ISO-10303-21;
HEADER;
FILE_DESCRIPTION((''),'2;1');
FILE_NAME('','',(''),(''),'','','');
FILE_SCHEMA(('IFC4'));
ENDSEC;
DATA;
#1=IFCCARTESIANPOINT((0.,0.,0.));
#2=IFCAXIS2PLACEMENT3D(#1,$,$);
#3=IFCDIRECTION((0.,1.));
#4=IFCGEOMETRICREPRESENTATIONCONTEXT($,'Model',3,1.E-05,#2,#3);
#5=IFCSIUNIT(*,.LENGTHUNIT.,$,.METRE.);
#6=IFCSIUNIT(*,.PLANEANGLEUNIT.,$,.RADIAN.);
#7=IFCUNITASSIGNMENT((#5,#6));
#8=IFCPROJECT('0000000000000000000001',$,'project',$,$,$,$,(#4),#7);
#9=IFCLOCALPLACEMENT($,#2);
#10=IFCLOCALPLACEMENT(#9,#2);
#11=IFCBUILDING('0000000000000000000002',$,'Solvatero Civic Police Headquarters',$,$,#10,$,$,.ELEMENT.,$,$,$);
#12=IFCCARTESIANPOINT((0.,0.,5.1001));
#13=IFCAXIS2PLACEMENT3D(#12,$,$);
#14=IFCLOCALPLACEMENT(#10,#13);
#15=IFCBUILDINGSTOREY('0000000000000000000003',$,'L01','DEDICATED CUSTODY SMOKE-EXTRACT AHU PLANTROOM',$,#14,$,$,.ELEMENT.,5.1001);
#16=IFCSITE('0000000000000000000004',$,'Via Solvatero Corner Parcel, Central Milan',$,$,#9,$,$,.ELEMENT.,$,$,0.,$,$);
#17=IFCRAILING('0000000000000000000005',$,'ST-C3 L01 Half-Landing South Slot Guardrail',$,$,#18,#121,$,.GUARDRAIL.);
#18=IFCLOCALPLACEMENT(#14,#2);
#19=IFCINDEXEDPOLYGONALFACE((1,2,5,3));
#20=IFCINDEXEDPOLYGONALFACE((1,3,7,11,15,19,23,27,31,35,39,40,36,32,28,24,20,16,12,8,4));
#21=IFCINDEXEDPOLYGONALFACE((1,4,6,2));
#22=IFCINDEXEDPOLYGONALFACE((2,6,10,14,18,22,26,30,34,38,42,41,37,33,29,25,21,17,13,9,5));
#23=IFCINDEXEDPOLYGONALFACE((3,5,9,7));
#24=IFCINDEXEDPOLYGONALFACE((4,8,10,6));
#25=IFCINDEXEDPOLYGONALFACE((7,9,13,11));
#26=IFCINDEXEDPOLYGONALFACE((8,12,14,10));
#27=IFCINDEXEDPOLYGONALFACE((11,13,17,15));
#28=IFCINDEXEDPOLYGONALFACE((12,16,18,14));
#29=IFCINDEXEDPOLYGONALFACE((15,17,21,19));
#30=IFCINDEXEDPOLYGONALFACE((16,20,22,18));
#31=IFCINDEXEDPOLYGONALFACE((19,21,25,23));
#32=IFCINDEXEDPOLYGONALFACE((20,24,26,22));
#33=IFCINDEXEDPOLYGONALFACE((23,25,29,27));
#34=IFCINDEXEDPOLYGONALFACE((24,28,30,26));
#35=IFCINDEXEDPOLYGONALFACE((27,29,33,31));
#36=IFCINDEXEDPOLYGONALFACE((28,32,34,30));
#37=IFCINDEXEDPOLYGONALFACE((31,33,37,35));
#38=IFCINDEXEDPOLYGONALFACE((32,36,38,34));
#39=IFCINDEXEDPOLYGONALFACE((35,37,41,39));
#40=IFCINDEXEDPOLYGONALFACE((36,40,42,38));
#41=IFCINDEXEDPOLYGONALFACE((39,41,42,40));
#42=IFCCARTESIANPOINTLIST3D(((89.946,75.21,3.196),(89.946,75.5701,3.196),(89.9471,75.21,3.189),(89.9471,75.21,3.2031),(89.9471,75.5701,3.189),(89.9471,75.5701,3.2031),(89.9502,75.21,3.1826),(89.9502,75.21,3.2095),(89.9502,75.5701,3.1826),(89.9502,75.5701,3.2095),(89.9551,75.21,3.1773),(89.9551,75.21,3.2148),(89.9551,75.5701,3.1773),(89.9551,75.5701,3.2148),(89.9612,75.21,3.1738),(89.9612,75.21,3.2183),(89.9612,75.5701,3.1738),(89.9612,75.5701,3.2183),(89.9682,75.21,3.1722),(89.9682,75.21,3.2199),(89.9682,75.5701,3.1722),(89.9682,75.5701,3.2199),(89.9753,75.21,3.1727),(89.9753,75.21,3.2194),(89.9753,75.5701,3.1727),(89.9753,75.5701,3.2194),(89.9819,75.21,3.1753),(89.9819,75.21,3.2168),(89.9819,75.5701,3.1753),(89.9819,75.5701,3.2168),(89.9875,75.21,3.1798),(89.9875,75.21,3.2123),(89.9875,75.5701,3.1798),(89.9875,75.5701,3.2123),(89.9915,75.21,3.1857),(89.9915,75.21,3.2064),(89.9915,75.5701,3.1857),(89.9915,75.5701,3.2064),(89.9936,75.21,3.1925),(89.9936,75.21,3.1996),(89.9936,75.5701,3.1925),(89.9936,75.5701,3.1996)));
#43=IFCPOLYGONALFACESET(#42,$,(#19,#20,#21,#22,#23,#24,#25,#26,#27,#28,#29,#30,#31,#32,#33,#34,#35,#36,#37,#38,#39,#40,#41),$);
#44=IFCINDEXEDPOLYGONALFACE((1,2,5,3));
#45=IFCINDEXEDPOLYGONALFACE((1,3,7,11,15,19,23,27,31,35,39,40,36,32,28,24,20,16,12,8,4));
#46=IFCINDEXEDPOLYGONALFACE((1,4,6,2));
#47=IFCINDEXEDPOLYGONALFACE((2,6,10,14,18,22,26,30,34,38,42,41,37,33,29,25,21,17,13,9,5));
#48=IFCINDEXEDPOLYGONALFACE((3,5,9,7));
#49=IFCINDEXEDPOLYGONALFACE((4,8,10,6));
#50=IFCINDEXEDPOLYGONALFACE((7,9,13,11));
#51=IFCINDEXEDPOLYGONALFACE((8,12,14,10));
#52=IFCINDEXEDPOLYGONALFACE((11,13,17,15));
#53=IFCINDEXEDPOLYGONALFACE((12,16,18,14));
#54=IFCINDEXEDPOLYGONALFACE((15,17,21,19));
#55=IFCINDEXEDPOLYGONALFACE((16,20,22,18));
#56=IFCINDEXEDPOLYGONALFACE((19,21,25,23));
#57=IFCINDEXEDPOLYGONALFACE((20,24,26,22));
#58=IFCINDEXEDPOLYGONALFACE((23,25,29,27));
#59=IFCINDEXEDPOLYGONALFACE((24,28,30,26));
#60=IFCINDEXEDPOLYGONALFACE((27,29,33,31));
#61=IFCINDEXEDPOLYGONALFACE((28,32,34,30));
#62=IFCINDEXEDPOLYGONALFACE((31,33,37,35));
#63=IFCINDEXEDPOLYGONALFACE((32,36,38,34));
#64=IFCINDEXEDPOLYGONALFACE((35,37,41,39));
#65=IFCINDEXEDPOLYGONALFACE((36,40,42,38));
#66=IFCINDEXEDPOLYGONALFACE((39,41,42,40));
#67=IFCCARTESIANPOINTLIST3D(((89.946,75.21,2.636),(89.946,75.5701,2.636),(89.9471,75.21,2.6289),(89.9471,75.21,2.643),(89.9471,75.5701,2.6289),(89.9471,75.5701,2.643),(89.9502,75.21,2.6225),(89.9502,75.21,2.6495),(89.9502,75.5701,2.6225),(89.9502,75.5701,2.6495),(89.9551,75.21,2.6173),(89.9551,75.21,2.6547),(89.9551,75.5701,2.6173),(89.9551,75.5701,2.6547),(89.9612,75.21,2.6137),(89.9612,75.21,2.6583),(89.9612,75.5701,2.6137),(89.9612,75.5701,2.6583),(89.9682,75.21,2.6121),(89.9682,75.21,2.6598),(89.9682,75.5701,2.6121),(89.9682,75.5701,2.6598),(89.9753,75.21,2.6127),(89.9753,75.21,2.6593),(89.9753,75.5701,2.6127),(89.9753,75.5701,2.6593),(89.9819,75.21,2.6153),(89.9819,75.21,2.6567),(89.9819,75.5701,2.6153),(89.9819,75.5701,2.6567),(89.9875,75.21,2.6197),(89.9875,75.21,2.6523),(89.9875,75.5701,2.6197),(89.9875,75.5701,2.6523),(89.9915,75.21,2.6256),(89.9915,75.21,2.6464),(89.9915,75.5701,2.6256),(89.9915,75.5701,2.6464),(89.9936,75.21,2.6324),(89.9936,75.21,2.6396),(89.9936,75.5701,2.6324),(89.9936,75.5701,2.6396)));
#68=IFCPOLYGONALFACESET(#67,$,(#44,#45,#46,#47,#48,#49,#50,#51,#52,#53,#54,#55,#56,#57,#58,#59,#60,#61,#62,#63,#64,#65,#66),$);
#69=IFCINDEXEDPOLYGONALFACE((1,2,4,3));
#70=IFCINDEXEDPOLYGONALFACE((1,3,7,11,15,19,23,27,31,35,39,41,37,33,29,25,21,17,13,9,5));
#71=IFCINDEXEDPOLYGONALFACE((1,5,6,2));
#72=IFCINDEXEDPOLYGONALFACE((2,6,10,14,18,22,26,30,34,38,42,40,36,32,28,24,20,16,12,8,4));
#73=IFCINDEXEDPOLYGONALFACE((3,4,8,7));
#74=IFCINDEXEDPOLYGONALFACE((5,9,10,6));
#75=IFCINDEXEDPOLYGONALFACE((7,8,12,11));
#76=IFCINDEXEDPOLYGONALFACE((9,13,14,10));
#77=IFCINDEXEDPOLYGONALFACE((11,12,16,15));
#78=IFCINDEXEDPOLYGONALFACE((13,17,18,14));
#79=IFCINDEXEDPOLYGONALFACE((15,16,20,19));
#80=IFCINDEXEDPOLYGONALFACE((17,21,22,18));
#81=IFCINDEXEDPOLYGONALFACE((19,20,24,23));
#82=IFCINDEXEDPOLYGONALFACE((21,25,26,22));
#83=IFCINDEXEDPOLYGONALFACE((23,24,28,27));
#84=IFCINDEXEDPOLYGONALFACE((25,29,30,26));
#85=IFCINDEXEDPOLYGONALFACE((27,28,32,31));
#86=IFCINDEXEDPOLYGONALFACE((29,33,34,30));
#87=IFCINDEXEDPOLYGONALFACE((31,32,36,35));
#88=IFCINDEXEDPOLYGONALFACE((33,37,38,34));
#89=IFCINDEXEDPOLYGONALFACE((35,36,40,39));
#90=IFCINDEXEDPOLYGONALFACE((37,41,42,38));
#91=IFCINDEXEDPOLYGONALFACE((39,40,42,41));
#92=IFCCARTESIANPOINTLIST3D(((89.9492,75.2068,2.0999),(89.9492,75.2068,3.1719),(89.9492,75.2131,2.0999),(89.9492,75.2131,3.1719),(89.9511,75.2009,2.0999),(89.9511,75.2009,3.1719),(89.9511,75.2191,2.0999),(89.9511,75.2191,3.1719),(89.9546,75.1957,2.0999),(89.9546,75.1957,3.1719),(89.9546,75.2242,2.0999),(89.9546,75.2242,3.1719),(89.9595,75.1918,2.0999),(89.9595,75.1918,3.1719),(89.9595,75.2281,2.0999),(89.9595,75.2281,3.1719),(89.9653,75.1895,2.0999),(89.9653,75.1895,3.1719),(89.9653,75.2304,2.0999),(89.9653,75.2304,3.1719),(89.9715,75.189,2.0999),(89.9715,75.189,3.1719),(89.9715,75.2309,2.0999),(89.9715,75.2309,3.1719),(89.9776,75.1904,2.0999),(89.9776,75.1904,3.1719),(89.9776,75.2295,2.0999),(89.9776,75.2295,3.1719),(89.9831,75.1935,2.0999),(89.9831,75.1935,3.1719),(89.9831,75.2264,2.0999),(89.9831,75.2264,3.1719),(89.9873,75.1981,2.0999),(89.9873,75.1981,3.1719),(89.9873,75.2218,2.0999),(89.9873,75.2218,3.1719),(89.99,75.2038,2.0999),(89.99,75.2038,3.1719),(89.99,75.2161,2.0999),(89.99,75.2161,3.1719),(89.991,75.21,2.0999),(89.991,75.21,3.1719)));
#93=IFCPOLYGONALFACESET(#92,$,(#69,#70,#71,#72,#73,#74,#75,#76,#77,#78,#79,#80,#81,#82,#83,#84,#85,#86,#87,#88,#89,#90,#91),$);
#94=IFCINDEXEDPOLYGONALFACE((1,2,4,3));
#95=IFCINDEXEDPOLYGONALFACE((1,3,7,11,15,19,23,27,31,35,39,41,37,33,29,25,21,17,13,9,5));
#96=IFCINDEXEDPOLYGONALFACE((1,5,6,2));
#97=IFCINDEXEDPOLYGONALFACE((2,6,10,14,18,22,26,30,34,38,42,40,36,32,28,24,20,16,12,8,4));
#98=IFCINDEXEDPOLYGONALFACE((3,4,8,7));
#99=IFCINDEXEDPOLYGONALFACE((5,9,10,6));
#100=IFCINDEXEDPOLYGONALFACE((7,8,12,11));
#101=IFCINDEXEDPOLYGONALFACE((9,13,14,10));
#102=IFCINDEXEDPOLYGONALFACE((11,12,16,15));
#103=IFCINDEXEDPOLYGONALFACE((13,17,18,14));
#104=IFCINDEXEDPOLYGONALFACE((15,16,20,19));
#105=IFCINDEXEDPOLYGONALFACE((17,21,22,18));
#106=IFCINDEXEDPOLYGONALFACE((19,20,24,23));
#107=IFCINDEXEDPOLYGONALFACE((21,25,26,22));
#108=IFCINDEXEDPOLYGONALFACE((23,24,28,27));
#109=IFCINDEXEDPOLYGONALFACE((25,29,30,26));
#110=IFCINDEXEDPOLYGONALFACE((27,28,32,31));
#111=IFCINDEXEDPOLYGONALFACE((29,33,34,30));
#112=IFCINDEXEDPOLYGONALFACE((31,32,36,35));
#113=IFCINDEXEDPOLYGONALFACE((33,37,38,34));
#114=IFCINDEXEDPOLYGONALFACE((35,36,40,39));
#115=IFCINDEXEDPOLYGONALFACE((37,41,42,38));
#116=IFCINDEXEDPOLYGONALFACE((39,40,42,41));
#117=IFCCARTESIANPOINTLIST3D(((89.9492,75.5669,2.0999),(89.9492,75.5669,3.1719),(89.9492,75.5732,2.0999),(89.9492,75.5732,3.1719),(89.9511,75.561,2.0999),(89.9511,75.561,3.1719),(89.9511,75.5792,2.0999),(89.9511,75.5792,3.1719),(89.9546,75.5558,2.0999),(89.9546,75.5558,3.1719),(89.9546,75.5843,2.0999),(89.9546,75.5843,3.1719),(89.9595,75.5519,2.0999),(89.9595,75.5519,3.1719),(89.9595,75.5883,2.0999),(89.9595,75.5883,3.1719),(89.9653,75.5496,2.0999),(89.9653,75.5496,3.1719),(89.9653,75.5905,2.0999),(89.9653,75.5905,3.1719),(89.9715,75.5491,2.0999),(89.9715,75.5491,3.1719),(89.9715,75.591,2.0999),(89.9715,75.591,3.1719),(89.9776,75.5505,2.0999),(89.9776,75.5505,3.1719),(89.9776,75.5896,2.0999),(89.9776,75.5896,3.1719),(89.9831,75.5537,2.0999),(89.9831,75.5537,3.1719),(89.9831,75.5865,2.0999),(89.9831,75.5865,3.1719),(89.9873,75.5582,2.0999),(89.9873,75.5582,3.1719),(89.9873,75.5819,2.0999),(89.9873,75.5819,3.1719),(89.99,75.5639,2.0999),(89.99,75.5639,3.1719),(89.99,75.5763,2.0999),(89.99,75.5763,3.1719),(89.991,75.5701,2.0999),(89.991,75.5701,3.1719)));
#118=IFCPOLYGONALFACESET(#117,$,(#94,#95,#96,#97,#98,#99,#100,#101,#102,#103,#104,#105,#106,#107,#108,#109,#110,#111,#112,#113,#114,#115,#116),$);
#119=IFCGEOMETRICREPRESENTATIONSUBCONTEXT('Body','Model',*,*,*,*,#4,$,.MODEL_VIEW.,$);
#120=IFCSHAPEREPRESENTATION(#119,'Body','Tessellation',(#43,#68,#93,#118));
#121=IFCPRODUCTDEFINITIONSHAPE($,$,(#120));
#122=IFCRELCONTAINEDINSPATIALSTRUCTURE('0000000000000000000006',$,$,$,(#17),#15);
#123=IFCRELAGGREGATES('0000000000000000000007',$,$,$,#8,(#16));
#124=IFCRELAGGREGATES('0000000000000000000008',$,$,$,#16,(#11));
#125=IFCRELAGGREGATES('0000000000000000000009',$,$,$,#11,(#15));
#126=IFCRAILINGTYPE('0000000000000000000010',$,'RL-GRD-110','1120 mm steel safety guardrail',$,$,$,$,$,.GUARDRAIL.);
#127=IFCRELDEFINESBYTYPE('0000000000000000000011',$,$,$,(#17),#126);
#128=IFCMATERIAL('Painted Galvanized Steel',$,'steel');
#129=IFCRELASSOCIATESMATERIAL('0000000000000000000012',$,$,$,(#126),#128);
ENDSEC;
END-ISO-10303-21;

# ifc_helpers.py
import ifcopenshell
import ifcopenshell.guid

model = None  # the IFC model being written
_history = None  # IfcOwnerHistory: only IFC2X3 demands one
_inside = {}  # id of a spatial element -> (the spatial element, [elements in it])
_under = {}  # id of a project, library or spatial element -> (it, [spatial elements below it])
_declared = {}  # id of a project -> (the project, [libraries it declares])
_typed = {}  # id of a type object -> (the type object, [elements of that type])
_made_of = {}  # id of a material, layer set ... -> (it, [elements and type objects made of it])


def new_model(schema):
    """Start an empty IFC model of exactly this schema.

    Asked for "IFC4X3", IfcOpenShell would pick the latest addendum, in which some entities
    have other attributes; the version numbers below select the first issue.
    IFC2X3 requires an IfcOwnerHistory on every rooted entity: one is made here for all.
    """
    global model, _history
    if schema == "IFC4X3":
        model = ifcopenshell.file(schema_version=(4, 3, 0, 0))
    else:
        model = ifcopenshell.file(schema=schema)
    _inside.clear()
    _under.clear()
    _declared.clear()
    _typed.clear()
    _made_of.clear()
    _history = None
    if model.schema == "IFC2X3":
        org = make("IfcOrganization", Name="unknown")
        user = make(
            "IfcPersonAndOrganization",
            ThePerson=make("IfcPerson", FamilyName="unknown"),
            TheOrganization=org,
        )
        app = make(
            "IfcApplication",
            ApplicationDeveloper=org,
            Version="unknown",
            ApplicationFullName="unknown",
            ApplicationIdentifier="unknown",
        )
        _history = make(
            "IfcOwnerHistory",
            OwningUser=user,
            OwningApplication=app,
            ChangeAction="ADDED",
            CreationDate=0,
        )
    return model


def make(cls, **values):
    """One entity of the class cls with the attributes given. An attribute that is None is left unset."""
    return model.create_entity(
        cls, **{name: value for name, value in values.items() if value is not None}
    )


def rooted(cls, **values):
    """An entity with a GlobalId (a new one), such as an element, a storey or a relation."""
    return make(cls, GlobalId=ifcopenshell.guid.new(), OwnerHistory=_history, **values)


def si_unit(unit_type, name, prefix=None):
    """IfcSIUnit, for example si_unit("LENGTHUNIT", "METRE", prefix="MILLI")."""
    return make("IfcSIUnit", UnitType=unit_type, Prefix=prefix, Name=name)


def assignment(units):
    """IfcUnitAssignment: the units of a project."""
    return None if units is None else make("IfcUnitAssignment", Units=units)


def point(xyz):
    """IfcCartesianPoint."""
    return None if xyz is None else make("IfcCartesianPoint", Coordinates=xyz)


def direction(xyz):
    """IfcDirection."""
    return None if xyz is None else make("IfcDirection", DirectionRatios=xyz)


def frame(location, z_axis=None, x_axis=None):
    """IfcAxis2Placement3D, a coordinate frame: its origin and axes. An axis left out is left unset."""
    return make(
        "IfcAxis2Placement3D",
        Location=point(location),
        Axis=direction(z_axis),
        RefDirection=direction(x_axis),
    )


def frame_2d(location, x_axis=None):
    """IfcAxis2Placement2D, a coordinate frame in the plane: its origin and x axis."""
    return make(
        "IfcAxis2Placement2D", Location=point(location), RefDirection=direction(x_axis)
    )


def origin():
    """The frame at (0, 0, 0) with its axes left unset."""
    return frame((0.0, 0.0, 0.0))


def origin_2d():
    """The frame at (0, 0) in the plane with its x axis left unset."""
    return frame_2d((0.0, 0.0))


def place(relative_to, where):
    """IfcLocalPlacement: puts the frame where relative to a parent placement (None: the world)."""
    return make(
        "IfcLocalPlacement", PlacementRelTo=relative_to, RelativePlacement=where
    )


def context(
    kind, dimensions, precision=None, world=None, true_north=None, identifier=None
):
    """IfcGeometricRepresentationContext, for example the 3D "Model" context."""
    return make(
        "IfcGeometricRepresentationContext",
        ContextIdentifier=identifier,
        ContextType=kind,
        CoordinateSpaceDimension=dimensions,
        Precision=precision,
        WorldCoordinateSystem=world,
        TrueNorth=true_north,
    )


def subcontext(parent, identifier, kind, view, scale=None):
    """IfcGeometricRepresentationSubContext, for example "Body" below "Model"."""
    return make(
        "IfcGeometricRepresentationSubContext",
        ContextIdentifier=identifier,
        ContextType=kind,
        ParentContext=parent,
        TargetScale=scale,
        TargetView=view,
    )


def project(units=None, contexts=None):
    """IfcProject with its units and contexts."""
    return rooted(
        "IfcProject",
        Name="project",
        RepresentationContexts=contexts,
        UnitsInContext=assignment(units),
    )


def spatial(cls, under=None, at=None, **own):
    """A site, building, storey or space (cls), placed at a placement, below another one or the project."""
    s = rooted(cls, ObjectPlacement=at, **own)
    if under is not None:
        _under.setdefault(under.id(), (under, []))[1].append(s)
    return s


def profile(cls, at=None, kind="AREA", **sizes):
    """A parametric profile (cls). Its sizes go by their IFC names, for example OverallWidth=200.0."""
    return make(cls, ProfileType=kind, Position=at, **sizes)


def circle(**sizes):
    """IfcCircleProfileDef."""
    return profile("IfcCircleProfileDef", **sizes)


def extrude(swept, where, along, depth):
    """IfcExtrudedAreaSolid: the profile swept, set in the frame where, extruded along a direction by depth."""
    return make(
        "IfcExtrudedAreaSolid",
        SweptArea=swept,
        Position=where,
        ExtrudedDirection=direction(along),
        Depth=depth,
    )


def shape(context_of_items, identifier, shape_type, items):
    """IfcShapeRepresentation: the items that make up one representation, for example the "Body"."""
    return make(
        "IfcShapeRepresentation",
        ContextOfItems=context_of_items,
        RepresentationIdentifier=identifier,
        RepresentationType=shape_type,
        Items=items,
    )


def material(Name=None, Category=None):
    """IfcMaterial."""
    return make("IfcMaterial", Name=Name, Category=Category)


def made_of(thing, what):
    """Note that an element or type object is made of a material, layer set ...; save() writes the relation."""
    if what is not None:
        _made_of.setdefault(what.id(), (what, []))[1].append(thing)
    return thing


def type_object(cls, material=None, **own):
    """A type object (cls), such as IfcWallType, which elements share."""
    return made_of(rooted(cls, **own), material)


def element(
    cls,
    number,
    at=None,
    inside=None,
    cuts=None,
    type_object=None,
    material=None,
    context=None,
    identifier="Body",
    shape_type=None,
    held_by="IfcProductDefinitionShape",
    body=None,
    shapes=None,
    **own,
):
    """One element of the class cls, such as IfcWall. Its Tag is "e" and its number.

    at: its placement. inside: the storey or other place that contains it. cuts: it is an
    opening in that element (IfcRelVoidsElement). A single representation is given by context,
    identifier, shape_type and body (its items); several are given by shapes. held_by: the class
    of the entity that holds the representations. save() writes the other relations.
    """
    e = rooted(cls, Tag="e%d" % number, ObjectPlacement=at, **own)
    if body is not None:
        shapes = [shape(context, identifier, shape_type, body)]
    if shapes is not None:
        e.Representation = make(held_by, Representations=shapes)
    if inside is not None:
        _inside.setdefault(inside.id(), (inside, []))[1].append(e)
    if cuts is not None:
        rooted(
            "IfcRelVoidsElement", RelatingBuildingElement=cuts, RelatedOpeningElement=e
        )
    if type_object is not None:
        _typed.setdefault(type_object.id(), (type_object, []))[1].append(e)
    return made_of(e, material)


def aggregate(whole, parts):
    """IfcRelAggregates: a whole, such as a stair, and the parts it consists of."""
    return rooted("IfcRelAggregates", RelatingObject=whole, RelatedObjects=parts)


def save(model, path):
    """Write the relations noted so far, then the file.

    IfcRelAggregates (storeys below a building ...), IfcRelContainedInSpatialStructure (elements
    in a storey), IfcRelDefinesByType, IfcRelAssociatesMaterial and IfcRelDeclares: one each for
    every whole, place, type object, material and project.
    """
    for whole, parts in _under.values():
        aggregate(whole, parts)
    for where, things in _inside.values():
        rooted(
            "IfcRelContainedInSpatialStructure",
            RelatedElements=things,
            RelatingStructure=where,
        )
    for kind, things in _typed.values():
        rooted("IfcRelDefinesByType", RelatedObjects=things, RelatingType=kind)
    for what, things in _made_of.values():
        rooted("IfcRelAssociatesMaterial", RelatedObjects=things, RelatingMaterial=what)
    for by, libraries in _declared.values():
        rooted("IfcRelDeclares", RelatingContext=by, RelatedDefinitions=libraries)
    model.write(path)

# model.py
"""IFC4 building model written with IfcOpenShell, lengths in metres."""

from ifc_helpers import new_model, si_unit, direction, frame, origin, origin_2d, place, context, subcontext, project, spatial, circle, extrude, material, type_object, element, save


model = new_model("IFC4")

# Units and contexts
model_context = context("Model", 3, precision=1e-05, world=origin(), true_north=direction((0.0, 1.0)))
body_context = subcontext(model_context, "Body", "Model", "MODEL_VIEW")
ifc_project = project(units=[si_unit("LENGTHUNIT", "METRE"), si_unit("PLANEANGLEUNIT", "RADIAN")], contexts=[model_context])

# Site, building, storey
site_placement = place(None, origin())
site = spatial("IfcSite", under=ifc_project, at=site_placement, Name="Via Solvatero Corner Parcel, Central Milan", CompositionType="ELEMENT", RefElevation=0.0)
building_placement = place(site_placement, origin())
building = spatial("IfcBuilding", under=site, at=building_placement, Name="Solvatero Civic Police Headquarters", CompositionType="ELEMENT")
storey_placement = place(building_placement, frame((0.0, 0.0, 5.1001)))
storey = spatial("IfcBuildingStorey", under=building, at=storey_placement, Name="L01", Description="DEDICATED CUSTODY SMOKE-EXTRACT AHU PLANTROOM", CompositionType="ELEMENT", Elevation=5.1001)

# Railing
ifc_material_1 = material(Name="Painted Galvanized Steel", Category="steel")
railing_type_1 = type_object("IfcRailingType", Name="RL-GRD-110", Description="1120 mm steel safety guardrail", PredefinedType="GUARDRAIL", material=ifc_material_1)
for number, where, name in (
    (1, (89.97, 75.21, 2.0999), "ST-C3 L01 Half-Landing South Slot Guardrail"),
):
    element("IfcRailing", number, at=place(storey_placement, frame(where)), inside=storey, type_object=railing_type_1, Name=name, PredefinedType="GUARDRAIL", context=body_context, shape_type="SweptSolid", body=[
        extrude(circle(Radius=0.0239, at=origin_2d()), frame((0.0, 0.0, 1.0962), z_axis=(0.0, 1.0, 0.0), x_axis=(-1.0, 0.0, 0.0)), (0.0, 0.0, 1.0), 0.3601),
        extrude(circle(Radius=0.0239, at=origin_2d()), frame((0.0, 0.0, 0.5361), z_axis=(0.0, 1.0, 0.0), x_axis=(-1.0, 0.0, 0.0)), (0.0, 0.0, 1.0), 0.3601),
        extrude(circle(Radius=0.021, at=origin_2d()), origin(), (0.0, 0.0, 1.0), 1.072),
        extrude(circle(Radius=0.021, at=origin_2d()), frame((0.0, 0.3601, 0.0)), (0.0, 0.0, 1.0), 1.072),
    ])

save(model, "model.ifc")
